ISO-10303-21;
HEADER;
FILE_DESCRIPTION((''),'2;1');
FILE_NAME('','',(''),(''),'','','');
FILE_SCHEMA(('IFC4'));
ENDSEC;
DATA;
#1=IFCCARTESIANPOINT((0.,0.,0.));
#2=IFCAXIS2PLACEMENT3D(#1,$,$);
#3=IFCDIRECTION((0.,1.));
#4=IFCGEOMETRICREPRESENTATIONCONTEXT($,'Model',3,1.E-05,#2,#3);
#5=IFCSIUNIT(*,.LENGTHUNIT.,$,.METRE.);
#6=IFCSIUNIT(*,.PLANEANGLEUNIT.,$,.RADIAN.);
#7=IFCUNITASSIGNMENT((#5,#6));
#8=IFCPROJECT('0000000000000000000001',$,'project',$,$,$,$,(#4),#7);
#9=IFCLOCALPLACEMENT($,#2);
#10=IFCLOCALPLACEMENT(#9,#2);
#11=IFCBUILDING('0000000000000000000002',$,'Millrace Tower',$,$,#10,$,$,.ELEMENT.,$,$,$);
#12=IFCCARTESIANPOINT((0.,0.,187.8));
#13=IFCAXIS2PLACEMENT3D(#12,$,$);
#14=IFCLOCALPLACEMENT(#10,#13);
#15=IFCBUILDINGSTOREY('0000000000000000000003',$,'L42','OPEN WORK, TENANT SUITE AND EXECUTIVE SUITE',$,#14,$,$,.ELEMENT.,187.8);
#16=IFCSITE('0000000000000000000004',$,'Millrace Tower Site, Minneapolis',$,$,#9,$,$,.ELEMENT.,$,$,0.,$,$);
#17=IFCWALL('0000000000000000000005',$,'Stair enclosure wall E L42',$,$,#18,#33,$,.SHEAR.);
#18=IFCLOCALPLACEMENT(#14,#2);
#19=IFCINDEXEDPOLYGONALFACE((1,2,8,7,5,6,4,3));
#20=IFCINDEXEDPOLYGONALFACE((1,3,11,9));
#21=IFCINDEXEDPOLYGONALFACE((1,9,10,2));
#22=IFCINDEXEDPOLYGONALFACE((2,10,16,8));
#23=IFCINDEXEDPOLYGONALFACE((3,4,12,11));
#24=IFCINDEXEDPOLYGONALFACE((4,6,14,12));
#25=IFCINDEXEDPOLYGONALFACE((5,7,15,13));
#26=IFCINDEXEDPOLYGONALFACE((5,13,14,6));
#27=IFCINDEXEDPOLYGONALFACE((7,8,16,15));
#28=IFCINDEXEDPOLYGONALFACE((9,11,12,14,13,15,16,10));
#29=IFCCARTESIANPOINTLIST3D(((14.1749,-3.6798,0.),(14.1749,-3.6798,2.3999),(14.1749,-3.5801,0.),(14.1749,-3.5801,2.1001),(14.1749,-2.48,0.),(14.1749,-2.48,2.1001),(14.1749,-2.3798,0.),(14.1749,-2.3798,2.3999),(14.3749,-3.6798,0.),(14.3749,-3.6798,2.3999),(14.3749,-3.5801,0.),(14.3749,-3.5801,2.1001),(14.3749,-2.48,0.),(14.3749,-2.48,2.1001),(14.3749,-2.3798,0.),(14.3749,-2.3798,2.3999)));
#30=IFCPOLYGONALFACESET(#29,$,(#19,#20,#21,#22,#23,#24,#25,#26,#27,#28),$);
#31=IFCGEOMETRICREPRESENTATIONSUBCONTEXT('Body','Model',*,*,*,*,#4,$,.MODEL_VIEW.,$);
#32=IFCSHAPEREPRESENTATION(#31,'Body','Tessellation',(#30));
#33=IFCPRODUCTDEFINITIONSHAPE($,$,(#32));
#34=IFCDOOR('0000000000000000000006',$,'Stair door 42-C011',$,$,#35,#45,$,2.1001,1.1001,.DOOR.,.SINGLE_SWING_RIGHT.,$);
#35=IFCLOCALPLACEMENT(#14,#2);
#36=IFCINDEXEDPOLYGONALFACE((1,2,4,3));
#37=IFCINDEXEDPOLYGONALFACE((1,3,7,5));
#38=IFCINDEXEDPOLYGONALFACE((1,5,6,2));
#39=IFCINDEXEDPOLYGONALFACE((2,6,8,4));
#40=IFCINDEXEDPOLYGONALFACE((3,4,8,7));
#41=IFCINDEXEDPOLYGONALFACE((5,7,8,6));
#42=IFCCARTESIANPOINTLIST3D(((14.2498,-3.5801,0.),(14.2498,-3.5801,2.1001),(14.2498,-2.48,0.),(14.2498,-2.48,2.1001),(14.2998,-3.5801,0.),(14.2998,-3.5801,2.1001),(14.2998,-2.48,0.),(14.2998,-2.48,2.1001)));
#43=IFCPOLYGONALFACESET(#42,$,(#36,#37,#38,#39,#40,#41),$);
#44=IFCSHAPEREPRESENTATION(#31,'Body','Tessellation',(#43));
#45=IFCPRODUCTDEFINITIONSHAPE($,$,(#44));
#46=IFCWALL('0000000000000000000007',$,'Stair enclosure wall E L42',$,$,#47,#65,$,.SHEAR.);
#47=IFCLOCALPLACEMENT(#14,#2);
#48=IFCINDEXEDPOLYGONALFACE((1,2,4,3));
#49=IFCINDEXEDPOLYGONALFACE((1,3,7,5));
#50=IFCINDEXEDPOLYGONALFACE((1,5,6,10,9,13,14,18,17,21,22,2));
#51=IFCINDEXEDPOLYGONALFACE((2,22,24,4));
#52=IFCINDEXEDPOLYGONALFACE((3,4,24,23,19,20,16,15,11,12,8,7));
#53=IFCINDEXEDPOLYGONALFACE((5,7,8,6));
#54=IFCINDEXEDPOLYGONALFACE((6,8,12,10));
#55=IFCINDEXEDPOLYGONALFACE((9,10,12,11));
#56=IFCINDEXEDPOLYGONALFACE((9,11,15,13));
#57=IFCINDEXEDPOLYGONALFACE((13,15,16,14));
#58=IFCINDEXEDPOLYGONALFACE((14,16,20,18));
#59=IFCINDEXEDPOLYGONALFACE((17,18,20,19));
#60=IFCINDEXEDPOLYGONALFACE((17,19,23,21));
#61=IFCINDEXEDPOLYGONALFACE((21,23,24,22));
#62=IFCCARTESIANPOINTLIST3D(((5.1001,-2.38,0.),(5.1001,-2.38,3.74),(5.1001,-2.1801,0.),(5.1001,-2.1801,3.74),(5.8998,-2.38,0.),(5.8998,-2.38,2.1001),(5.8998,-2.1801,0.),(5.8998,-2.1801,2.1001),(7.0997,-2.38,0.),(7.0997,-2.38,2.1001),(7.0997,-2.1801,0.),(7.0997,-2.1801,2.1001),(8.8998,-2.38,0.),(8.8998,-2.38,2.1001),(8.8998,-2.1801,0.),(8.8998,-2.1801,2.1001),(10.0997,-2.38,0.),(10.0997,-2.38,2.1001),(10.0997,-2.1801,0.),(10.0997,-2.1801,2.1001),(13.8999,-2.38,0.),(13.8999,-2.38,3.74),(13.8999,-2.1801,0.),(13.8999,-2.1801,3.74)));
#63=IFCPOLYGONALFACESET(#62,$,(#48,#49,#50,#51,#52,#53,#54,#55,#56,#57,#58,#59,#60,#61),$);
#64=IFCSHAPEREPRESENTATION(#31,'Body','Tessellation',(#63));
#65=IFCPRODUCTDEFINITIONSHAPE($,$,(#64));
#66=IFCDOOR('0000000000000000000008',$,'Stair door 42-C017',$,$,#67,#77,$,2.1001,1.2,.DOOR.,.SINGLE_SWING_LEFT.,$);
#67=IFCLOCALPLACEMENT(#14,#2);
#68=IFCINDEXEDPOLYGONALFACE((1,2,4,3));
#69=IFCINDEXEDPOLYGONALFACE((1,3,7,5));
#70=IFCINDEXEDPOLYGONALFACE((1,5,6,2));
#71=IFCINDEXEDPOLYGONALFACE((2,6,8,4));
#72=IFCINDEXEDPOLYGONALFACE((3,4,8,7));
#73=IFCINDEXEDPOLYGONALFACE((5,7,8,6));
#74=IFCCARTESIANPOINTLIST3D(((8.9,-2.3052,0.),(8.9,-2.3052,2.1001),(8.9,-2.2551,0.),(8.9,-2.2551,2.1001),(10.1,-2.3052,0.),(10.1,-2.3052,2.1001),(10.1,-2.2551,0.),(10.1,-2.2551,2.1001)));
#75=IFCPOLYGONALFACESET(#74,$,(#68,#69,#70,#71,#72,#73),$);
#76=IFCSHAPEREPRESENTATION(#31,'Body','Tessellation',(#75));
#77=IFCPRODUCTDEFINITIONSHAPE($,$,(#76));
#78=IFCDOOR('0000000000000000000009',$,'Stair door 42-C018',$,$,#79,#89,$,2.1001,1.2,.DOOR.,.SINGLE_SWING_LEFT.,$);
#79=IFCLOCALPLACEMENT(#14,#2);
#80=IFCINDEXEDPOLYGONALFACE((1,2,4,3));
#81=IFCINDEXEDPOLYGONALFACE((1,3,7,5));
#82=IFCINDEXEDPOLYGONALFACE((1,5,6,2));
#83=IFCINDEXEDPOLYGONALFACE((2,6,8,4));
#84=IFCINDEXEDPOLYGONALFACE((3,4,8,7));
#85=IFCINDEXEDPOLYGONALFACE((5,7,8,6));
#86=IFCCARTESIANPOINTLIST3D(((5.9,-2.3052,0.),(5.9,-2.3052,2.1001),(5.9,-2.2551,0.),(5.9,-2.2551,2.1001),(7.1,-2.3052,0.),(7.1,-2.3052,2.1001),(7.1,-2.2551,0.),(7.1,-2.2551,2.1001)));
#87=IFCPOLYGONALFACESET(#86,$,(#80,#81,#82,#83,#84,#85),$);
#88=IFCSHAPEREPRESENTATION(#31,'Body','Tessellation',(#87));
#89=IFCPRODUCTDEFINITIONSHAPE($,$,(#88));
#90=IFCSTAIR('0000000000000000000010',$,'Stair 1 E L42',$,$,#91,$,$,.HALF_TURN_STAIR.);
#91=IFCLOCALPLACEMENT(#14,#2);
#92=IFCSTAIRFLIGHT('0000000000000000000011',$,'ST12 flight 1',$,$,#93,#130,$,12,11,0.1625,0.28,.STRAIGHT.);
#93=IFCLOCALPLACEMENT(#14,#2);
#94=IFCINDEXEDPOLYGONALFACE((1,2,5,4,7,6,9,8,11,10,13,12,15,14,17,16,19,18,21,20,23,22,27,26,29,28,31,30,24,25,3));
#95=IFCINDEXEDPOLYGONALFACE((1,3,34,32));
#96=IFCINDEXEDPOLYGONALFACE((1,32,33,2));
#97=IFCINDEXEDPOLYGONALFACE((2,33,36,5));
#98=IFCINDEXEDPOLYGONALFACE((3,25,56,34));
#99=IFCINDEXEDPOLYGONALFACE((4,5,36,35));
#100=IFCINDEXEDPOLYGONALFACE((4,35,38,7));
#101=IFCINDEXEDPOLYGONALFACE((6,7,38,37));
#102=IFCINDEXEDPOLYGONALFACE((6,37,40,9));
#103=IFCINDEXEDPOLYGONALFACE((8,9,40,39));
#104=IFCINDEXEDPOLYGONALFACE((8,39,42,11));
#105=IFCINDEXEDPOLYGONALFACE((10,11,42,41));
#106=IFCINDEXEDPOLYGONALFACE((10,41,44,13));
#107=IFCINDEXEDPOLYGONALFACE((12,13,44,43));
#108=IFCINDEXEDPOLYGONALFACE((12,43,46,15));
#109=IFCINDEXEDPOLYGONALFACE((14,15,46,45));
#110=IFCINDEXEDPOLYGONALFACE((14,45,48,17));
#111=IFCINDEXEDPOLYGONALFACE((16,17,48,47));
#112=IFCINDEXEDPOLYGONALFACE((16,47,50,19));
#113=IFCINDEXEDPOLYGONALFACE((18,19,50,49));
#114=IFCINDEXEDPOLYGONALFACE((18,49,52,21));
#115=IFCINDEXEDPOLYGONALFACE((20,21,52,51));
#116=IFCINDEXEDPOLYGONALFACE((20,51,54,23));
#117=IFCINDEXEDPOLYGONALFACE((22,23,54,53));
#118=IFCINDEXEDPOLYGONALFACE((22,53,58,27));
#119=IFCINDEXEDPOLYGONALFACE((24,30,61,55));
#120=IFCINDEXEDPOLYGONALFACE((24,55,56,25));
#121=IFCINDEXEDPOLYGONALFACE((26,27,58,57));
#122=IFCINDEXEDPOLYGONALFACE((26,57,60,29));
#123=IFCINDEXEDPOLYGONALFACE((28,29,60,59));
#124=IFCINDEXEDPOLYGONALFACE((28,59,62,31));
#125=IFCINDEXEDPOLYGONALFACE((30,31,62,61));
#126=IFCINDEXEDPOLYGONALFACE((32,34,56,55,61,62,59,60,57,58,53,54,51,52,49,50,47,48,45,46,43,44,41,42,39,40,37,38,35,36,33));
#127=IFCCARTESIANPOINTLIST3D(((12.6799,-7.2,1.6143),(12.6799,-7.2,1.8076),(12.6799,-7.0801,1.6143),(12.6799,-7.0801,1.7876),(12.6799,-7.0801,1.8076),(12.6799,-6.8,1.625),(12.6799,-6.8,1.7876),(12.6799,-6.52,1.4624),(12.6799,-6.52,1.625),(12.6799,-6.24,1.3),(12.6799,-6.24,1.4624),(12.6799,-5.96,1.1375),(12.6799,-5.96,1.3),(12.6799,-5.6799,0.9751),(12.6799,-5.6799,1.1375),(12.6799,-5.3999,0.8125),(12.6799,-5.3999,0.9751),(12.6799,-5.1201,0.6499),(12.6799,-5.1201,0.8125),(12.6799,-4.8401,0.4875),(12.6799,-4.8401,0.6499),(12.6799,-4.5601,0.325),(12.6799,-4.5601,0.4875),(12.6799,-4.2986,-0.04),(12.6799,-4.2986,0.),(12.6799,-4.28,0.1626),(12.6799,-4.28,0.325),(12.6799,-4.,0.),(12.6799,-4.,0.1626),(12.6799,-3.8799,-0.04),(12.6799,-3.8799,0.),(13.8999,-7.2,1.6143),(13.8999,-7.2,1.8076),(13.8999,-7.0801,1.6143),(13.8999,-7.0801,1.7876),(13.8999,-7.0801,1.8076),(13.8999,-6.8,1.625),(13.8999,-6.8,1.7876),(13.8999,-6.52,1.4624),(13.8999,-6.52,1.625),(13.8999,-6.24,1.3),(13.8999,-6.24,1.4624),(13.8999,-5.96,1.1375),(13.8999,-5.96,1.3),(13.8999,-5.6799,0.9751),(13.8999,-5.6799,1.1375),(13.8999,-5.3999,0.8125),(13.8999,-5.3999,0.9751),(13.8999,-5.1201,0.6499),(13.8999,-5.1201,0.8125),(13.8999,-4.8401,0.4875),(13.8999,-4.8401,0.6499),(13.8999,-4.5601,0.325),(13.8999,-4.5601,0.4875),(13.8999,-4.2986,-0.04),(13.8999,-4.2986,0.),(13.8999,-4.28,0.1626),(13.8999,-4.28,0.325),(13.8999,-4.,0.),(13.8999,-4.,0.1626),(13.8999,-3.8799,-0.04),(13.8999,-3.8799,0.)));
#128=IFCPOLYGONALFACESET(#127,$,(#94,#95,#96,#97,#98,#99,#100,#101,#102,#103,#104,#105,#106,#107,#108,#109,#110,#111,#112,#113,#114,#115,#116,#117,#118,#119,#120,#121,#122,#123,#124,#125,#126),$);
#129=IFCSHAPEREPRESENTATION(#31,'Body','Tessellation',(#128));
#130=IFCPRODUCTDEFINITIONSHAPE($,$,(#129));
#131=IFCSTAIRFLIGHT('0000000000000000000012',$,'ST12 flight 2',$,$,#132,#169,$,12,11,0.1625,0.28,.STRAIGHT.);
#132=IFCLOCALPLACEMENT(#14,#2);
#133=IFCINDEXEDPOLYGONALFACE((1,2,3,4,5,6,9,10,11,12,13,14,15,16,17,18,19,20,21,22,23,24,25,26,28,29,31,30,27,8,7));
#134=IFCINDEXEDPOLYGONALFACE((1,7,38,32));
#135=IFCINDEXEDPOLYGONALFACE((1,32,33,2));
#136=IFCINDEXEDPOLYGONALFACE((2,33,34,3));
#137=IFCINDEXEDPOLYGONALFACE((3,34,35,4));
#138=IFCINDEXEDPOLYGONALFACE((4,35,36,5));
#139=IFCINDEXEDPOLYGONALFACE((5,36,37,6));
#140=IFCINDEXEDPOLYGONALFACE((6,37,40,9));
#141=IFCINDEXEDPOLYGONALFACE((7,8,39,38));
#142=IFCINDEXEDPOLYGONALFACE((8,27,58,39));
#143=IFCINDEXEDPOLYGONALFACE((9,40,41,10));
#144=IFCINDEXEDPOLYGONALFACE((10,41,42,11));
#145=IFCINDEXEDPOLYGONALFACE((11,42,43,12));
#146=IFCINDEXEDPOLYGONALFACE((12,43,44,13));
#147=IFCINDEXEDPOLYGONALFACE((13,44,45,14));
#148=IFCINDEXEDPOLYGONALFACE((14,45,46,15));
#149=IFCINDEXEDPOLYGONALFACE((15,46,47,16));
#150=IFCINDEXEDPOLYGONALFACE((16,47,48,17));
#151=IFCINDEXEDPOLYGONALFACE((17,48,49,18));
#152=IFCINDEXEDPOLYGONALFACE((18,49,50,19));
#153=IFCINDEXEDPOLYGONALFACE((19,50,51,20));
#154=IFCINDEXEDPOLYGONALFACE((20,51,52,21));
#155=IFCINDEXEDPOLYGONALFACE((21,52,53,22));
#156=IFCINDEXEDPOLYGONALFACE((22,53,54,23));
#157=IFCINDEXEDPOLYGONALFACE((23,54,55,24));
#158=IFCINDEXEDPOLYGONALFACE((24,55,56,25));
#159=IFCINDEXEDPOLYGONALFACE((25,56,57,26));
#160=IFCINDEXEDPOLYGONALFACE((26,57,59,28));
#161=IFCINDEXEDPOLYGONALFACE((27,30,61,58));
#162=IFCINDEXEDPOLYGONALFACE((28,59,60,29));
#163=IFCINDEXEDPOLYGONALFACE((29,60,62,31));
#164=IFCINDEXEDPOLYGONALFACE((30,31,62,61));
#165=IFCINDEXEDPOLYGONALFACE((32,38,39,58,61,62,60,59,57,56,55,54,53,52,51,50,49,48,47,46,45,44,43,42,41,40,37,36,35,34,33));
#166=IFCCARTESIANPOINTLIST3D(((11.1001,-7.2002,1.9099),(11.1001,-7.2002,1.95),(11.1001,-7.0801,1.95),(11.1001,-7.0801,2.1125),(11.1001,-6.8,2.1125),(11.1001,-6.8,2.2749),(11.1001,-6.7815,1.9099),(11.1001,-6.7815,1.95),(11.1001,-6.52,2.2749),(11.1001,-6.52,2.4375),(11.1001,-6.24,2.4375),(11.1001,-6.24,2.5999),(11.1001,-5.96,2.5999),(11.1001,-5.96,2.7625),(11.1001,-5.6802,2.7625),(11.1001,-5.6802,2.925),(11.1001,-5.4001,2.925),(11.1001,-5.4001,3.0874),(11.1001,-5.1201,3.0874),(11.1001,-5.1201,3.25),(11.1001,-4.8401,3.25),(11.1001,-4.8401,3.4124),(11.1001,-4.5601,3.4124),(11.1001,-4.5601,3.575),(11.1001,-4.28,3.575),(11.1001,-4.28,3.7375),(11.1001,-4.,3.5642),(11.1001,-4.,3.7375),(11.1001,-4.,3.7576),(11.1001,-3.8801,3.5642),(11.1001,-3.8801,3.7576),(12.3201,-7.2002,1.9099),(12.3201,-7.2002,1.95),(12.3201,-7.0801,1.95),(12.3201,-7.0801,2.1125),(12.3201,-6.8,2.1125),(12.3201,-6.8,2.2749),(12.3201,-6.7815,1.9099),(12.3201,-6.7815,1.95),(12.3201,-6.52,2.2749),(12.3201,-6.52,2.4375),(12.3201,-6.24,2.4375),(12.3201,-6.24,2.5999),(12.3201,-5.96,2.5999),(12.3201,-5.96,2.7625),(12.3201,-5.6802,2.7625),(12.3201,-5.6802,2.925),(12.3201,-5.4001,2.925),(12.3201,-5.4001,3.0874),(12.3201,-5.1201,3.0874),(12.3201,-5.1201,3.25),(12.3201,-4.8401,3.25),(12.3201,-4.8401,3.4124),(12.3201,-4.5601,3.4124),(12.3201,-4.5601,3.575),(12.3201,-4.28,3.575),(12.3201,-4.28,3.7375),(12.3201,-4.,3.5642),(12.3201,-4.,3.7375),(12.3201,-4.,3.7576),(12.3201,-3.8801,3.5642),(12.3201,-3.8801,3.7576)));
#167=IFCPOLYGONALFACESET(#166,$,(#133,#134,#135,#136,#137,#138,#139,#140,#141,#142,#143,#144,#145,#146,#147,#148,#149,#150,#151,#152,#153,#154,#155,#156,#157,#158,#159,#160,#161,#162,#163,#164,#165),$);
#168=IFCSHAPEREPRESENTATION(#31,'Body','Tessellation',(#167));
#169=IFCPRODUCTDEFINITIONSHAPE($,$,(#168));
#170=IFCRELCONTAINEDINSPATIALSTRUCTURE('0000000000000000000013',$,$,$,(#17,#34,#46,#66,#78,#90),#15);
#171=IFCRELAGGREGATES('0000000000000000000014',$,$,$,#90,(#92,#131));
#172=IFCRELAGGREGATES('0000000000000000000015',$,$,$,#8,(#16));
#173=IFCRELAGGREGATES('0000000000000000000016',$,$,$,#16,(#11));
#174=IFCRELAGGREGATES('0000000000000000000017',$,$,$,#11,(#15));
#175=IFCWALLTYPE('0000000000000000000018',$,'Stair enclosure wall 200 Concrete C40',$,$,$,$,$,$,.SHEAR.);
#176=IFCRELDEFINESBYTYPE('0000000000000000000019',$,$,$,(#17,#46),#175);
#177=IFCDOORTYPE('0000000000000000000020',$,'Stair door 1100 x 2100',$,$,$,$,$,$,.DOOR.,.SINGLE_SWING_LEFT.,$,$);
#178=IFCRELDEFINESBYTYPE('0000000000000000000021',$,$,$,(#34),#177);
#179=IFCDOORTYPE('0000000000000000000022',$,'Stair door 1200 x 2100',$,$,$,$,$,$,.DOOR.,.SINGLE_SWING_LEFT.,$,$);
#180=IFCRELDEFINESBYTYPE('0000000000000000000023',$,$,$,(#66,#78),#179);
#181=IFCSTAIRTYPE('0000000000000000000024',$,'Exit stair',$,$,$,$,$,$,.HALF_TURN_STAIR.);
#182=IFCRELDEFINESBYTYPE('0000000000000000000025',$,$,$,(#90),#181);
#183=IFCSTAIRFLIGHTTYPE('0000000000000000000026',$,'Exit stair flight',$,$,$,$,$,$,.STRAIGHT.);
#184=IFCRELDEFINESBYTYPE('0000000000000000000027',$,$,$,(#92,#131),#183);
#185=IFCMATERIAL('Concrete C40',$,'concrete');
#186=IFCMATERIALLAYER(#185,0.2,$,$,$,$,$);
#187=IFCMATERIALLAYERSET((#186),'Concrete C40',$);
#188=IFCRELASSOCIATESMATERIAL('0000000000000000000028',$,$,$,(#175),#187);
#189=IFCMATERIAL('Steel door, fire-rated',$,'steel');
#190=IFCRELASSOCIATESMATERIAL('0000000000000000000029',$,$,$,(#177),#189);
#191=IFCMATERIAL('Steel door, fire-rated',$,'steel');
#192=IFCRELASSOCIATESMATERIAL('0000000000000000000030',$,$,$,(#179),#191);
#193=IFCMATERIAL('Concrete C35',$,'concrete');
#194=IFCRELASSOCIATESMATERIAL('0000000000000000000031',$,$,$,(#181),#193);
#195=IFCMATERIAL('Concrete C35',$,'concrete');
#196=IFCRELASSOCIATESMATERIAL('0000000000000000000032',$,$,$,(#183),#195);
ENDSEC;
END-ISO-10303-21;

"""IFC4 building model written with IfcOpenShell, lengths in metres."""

from ifc_helpers import new_model, si_unit, direction, frame, frame_2d, origin, place, context, subcontext, project, spatial, polyline, rectangle, outline, extrude, material, layer, layer_set, type_object, element, fill, aggregate, save


model = new_model("IFC4")

# Units and contexts
model_context = context("Model", 3, precision=1e-05, world=origin(), true_north=direction((0.0, 1.0)))
body_context = subcontext(model_context, "Body", "Model", "MODEL_VIEW")
ifc_project = project(units=[si_unit("LENGTHUNIT", "METRE"), si_unit("PLANEANGLEUNIT", "RADIAN")], contexts=[model_context])

# Site, building, storey
site_placement = place(None, origin())
site = spatial("IfcSite", under=ifc_project, at=site_placement, Name="Millrace Tower Site, Minneapolis", CompositionType="ELEMENT", RefElevation=0.0)
building_placement = place(site_placement, origin())
building = spatial("IfcBuilding", under=site, at=building_placement, Name="Millrace Tower", CompositionType="ELEMENT")
storey_placement = place(building_placement, frame((0.0, 0.0, 187.8)))
storey = spatial("IfcBuildingStorey", under=building, at=storey_placement, Name="L42", Description="OPEN WORK, TENANT SUITE AND EXECUTIVE SUITE", CompositionType="ELEMENT", Elevation=187.8)

# Shared definitions
placement = place(storey_placement, origin())

# Wall, opening, door
ifc_material_1 = material(Name="Concrete C40", Category="concrete")
ifc_layer_1 = layer(ifc_material_1, 0.2)
ifc_layer_set_1 = layer_set([ifc_layer_1], Name="Concrete C40")
wall_type_1 = type_object("IfcWallType", Name="Stair enclosure wall 200 Concrete C40", PredefinedType="SHEAR", material=ifc_layer_set_1)
wall_1_placement = place(storey_placement, frame((14.2749, -2.3799, 0.0), z_axis=(0.0, 0.0, 1.0), x_axis=(0.0, -1.0, 0.0)))
wall_1 = element("IfcWall", 1, at=wall_1_placement, inside=storey, type_object=wall_type_1, Name="Stair enclosure wall E L42", PredefinedType="SHEAR", context=body_context, shape_type="SweptSolid", body=[
    extrude(rectangle(XDim=1.3, YDim=0.2, at=frame_2d((0.6499, 0.0))), origin(), (0.0, 0.0, 1.0), 2.3999),
])
opening_1_placement = place(wall_1_placement, frame((0.1001, 0.0, 0.0)))
opening_1 = element("IfcOpeningElement", 2, at=opening_1_placement, cuts=wall_1, PredefinedType="OPENING", context=body_context, shape_type="SweptSolid", body=[
    extrude(rectangle(XDim=1.1001, YDim=2.1001, at=frame_2d((0.55, 1.05))), frame((0.0, 0.1099, 0.0), z_axis=(0.0, -1.0, 0.0), x_axis=(1.0, 0.0, 0.0)), (0.0, 0.0, 1.0), 0.22),
])
ifc_material_2 = material(Name="Steel door, fire-rated", Category="steel")
door_type_1 = type_object("IfcDoorType", Name="Stair door 1100 x 2100", OperationType="SINGLE_SWING_LEFT", PredefinedType="DOOR", material=ifc_material_2)
door_1_placement = place(opening_1_placement, origin())
door_1 = element("IfcDoor", 3, at=door_1_placement, inside=storey, type_object=door_type_1, Name="Stair door 42-C011", OperationType="SINGLE_SWING_RIGHT", OverallHeight=2.1001, OverallWidth=1.1001, PredefinedType="DOOR", context=body_context, shape_type="SweptSolid", body=[
    extrude(rectangle(XDim=1.1001, YDim=2.1001, at=frame_2d((0.55, 1.05))), frame((0.0, 0.0249, 0.0), z_axis=(0.0, -1.0, 0.0), x_axis=(1.0, 0.0, 0.0)), (0.0, 0.0, 1.0), 0.05),
])
fill(opening_1, door_1)

# Wall, openings, doors
wall_2_placement = place(storey_placement, frame((13.8999, -2.28, 0.0), z_axis=(0.0, 0.0, 1.0), x_axis=(-1.0, 0.0, 0.0)))
wall_2 = element("IfcWall", 4, at=wall_2_placement, inside=storey, type_object=wall_type_1, Name="Stair enclosure wall E L42", PredefinedType="SHEAR", context=body_context, shape_type="SweptSolid", body=[
    extrude(rectangle(XDim=8.7998, YDim=0.2, at=frame_2d((4.3999, 0.0))), origin(), (0.0, 0.0, 1.0), 3.74),
])
opening_2_placement = place(wall_2_placement, frame((3.8, 0.0, 0.0)))
opening_2 = element("IfcOpeningElement", 5, at=opening_2_placement, cuts=wall_2, PredefinedType="OPENING", context=body_context, shape_type="SweptSolid", body=[
    extrude(rectangle(XDim=1.2, YDim=2.1001, at=frame_2d((0.6001, 1.05))), frame((0.0, 0.1099, 0.0), z_axis=(0.0, -1.0, 0.0), x_axis=(1.0, 0.0, 0.0)), (0.0, 0.0, 1.0), 0.22),
])
opening_3_placement = place(wall_2_placement, frame((6.8, 0.0, 0.0)))
opening_3 = element("IfcOpeningElement", 6, at=opening_3_placement, cuts=wall_2, PredefinedType="OPENING", context=body_context, shape_type="SweptSolid", body=[
    extrude(rectangle(XDim=1.2, YDim=2.1001, at=frame_2d((0.6001, 1.05))), frame((0.0, 0.1099, 0.0), z_axis=(0.0, -1.0, 0.0), x_axis=(1.0, 0.0, 0.0)), (0.0, 0.0, 1.0), 0.22),
])
ifc_material_3 = material(Name="Steel door, fire-rated", Category="steel")
door_type_2 = type_object("IfcDoorType", Name="Stair door 1200 x 2100", OperationType="SINGLE_SWING_LEFT", PredefinedType="DOOR", material=ifc_material_3)
door_2_placement = place(opening_2_placement, frame((1.2, 0.0, 0.0), z_axis=(0.0, 0.0, 1.0), x_axis=(-1.0, 0.0, 0.0)))
door_2 = element("IfcDoor", 7, at=door_2_placement, inside=storey, type_object=door_type_2, Name="Stair door 42-C017", OperationType="SINGLE_SWING_LEFT", OverallHeight=2.1001, OverallWidth=1.2, PredefinedType="DOOR", context=body_context, shape_type="SweptSolid", body=[
    extrude(rectangle(XDim=1.2, YDim=2.1001, at=frame_2d((0.6001, 1.05))), frame((0.0, 0.0249, 0.0), z_axis=(0.0, -1.0, 0.0), x_axis=(1.0, 0.0, 0.0)), (0.0, 0.0, 1.0), 0.05),
])
fill(opening_2, door_2)
door_3_placement = place(opening_3_placement, frame((1.2, 0.0, 0.0), z_axis=(0.0, 0.0, 1.0), x_axis=(-1.0, 0.0, 0.0)))
door_3 = element("IfcDoor", 8, at=door_3_placement, inside=storey, type_object=door_type_2, Name="Stair door 42-C018", OperationType="SINGLE_SWING_LEFT", OverallHeight=2.1001, OverallWidth=1.2, PredefinedType="DOOR", context=body_context, shape_type="SweptSolid", body=[
    extrude(rectangle(XDim=1.2, YDim=2.1001, at=frame_2d((0.6001, 1.05))), frame((0.0, 0.0249, 0.0), z_axis=(0.0, -1.0, 0.0), x_axis=(1.0, 0.0, 0.0)), (0.0, 0.0, 1.0), 0.05),
])
fill(opening_3, door_3)

# Stair, stair flights
ifc_material_4 = material(Name="Concrete C35", Category="concrete")
stair_type = type_object("IfcStairType", Name="Exit stair", PredefinedType="HALF_TURN_STAIR", material=ifc_material_4)
stair = element("IfcStair", 9, at=placement, inside=storey, type_object=stair_type, Name="Stair 1 E L42", PredefinedType="HALF_TURN_STAIR")
ifc_material_5 = material(Name="Concrete C35", Category="concrete")
stair_flight_type = type_object("IfcStairFlightType", Name="Exit stair flight", PredefinedType="STRAIGHT", material=ifc_material_5)
stair_flight_1_placement = place(storey_placement, frame((13.29, -4.0, 0.0), z_axis=(0.0, 0.0, 1.0), x_axis=(0.0, -1.0, 0.0)))
stair_flight_1 = element("IfcStairFlight", 10, at=stair_flight_1_placement, type_object=stair_flight_type, Name="ST12 flight 1", NumberOfRisers=12, NumberOfTreads=11, PredefinedType="STRAIGHT", RiserHeight=0.1625, TreadLength=0.28, context=body_context, shape_type="SweptSolid", body=[
    extrude(outline(polyline([(-0.1201, -0.04), (-0.1201, 0.0), (0.0, 0.0), (0.0, 0.1626), (0.28, 0.1626), (0.28, 0.325), (0.5601, 0.325), (0.5601, 0.4875), (0.8401, 0.4875), (0.8401, 0.6499), (1.1201, 0.6499), (1.1201, 0.8125), (1.3999, 0.8125), (1.3999, 0.9751), (1.6799, 0.9751), (1.6799, 1.1375), (1.96, 1.1375), (1.96, 1.3), (2.24, 1.3), (2.24, 1.4624), (2.52, 1.4624), (2.52, 1.625), (2.8, 1.625), (2.8, 1.7876), (3.0801, 1.7876), (3.0801, 1.8076), (3.2, 1.8076), (3.2, 1.6143), (3.0801, 1.6143), (0.2986, 0.0), (0.2986, -0.04), (-0.1201, -0.04)])), frame((0.0, 0.6099, 0.0), z_axis=(0.0, -1.0, 0.0), x_axis=(1.0, 0.0, 0.0)), (0.0, 0.0, 1.0), 1.22),
])
stair_flight_2_placement = place(storey_placement, frame((11.71, -7.0801, 1.95), z_axis=(0.0, 0.0, 1.0), x_axis=(0.0, 1.0, 0.0)))
stair_flight_2 = element("IfcStairFlight", 11, at=stair_flight_2_placement, type_object=stair_flight_type, Name="ST12 flight 2", NumberOfRisers=12, NumberOfTreads=11, PredefinedType="STRAIGHT", RiserHeight=0.1625, TreadLength=0.28, context=body_context, shape_type="SweptSolid", body=[
    extrude(outline(polyline([(-0.1201, -0.04), (-0.1201, 0.0), (0.0, 0.0), (0.0, 0.1626), (0.28, 0.1626), (0.28, 0.325), (0.5601, 0.325), (0.5601, 0.4875), (0.8401, 0.4875), (0.8401, 0.6499), (1.1201, 0.6499), (1.1201, 0.8125), (1.3999, 0.8125), (1.3999, 0.9751), (1.6799, 0.9751), (1.6799, 1.1375), (1.96, 1.1375), (1.96, 1.3), (2.24, 1.3), (2.24, 1.4624), (2.52, 1.4624), (2.52, 1.625), (2.8, 1.625), (2.8, 1.7876), (3.0801, 1.7876), (3.0801, 1.8076), (3.2, 1.8076), (3.2, 1.6143), (3.0801, 1.6143), (0.2986, 0.0), (0.2986, -0.04), (-0.1201, -0.04)])), frame((0.0, 0.6099, 0.0), z_axis=(0.0, -1.0, 0.0), x_axis=(1.0, 0.0, 0.0)), (0.0, 0.0, 1.0), 1.22),
])
aggregate(stair, [stair_flight_1, stair_flight_2])

save(model, "model.ifc")
